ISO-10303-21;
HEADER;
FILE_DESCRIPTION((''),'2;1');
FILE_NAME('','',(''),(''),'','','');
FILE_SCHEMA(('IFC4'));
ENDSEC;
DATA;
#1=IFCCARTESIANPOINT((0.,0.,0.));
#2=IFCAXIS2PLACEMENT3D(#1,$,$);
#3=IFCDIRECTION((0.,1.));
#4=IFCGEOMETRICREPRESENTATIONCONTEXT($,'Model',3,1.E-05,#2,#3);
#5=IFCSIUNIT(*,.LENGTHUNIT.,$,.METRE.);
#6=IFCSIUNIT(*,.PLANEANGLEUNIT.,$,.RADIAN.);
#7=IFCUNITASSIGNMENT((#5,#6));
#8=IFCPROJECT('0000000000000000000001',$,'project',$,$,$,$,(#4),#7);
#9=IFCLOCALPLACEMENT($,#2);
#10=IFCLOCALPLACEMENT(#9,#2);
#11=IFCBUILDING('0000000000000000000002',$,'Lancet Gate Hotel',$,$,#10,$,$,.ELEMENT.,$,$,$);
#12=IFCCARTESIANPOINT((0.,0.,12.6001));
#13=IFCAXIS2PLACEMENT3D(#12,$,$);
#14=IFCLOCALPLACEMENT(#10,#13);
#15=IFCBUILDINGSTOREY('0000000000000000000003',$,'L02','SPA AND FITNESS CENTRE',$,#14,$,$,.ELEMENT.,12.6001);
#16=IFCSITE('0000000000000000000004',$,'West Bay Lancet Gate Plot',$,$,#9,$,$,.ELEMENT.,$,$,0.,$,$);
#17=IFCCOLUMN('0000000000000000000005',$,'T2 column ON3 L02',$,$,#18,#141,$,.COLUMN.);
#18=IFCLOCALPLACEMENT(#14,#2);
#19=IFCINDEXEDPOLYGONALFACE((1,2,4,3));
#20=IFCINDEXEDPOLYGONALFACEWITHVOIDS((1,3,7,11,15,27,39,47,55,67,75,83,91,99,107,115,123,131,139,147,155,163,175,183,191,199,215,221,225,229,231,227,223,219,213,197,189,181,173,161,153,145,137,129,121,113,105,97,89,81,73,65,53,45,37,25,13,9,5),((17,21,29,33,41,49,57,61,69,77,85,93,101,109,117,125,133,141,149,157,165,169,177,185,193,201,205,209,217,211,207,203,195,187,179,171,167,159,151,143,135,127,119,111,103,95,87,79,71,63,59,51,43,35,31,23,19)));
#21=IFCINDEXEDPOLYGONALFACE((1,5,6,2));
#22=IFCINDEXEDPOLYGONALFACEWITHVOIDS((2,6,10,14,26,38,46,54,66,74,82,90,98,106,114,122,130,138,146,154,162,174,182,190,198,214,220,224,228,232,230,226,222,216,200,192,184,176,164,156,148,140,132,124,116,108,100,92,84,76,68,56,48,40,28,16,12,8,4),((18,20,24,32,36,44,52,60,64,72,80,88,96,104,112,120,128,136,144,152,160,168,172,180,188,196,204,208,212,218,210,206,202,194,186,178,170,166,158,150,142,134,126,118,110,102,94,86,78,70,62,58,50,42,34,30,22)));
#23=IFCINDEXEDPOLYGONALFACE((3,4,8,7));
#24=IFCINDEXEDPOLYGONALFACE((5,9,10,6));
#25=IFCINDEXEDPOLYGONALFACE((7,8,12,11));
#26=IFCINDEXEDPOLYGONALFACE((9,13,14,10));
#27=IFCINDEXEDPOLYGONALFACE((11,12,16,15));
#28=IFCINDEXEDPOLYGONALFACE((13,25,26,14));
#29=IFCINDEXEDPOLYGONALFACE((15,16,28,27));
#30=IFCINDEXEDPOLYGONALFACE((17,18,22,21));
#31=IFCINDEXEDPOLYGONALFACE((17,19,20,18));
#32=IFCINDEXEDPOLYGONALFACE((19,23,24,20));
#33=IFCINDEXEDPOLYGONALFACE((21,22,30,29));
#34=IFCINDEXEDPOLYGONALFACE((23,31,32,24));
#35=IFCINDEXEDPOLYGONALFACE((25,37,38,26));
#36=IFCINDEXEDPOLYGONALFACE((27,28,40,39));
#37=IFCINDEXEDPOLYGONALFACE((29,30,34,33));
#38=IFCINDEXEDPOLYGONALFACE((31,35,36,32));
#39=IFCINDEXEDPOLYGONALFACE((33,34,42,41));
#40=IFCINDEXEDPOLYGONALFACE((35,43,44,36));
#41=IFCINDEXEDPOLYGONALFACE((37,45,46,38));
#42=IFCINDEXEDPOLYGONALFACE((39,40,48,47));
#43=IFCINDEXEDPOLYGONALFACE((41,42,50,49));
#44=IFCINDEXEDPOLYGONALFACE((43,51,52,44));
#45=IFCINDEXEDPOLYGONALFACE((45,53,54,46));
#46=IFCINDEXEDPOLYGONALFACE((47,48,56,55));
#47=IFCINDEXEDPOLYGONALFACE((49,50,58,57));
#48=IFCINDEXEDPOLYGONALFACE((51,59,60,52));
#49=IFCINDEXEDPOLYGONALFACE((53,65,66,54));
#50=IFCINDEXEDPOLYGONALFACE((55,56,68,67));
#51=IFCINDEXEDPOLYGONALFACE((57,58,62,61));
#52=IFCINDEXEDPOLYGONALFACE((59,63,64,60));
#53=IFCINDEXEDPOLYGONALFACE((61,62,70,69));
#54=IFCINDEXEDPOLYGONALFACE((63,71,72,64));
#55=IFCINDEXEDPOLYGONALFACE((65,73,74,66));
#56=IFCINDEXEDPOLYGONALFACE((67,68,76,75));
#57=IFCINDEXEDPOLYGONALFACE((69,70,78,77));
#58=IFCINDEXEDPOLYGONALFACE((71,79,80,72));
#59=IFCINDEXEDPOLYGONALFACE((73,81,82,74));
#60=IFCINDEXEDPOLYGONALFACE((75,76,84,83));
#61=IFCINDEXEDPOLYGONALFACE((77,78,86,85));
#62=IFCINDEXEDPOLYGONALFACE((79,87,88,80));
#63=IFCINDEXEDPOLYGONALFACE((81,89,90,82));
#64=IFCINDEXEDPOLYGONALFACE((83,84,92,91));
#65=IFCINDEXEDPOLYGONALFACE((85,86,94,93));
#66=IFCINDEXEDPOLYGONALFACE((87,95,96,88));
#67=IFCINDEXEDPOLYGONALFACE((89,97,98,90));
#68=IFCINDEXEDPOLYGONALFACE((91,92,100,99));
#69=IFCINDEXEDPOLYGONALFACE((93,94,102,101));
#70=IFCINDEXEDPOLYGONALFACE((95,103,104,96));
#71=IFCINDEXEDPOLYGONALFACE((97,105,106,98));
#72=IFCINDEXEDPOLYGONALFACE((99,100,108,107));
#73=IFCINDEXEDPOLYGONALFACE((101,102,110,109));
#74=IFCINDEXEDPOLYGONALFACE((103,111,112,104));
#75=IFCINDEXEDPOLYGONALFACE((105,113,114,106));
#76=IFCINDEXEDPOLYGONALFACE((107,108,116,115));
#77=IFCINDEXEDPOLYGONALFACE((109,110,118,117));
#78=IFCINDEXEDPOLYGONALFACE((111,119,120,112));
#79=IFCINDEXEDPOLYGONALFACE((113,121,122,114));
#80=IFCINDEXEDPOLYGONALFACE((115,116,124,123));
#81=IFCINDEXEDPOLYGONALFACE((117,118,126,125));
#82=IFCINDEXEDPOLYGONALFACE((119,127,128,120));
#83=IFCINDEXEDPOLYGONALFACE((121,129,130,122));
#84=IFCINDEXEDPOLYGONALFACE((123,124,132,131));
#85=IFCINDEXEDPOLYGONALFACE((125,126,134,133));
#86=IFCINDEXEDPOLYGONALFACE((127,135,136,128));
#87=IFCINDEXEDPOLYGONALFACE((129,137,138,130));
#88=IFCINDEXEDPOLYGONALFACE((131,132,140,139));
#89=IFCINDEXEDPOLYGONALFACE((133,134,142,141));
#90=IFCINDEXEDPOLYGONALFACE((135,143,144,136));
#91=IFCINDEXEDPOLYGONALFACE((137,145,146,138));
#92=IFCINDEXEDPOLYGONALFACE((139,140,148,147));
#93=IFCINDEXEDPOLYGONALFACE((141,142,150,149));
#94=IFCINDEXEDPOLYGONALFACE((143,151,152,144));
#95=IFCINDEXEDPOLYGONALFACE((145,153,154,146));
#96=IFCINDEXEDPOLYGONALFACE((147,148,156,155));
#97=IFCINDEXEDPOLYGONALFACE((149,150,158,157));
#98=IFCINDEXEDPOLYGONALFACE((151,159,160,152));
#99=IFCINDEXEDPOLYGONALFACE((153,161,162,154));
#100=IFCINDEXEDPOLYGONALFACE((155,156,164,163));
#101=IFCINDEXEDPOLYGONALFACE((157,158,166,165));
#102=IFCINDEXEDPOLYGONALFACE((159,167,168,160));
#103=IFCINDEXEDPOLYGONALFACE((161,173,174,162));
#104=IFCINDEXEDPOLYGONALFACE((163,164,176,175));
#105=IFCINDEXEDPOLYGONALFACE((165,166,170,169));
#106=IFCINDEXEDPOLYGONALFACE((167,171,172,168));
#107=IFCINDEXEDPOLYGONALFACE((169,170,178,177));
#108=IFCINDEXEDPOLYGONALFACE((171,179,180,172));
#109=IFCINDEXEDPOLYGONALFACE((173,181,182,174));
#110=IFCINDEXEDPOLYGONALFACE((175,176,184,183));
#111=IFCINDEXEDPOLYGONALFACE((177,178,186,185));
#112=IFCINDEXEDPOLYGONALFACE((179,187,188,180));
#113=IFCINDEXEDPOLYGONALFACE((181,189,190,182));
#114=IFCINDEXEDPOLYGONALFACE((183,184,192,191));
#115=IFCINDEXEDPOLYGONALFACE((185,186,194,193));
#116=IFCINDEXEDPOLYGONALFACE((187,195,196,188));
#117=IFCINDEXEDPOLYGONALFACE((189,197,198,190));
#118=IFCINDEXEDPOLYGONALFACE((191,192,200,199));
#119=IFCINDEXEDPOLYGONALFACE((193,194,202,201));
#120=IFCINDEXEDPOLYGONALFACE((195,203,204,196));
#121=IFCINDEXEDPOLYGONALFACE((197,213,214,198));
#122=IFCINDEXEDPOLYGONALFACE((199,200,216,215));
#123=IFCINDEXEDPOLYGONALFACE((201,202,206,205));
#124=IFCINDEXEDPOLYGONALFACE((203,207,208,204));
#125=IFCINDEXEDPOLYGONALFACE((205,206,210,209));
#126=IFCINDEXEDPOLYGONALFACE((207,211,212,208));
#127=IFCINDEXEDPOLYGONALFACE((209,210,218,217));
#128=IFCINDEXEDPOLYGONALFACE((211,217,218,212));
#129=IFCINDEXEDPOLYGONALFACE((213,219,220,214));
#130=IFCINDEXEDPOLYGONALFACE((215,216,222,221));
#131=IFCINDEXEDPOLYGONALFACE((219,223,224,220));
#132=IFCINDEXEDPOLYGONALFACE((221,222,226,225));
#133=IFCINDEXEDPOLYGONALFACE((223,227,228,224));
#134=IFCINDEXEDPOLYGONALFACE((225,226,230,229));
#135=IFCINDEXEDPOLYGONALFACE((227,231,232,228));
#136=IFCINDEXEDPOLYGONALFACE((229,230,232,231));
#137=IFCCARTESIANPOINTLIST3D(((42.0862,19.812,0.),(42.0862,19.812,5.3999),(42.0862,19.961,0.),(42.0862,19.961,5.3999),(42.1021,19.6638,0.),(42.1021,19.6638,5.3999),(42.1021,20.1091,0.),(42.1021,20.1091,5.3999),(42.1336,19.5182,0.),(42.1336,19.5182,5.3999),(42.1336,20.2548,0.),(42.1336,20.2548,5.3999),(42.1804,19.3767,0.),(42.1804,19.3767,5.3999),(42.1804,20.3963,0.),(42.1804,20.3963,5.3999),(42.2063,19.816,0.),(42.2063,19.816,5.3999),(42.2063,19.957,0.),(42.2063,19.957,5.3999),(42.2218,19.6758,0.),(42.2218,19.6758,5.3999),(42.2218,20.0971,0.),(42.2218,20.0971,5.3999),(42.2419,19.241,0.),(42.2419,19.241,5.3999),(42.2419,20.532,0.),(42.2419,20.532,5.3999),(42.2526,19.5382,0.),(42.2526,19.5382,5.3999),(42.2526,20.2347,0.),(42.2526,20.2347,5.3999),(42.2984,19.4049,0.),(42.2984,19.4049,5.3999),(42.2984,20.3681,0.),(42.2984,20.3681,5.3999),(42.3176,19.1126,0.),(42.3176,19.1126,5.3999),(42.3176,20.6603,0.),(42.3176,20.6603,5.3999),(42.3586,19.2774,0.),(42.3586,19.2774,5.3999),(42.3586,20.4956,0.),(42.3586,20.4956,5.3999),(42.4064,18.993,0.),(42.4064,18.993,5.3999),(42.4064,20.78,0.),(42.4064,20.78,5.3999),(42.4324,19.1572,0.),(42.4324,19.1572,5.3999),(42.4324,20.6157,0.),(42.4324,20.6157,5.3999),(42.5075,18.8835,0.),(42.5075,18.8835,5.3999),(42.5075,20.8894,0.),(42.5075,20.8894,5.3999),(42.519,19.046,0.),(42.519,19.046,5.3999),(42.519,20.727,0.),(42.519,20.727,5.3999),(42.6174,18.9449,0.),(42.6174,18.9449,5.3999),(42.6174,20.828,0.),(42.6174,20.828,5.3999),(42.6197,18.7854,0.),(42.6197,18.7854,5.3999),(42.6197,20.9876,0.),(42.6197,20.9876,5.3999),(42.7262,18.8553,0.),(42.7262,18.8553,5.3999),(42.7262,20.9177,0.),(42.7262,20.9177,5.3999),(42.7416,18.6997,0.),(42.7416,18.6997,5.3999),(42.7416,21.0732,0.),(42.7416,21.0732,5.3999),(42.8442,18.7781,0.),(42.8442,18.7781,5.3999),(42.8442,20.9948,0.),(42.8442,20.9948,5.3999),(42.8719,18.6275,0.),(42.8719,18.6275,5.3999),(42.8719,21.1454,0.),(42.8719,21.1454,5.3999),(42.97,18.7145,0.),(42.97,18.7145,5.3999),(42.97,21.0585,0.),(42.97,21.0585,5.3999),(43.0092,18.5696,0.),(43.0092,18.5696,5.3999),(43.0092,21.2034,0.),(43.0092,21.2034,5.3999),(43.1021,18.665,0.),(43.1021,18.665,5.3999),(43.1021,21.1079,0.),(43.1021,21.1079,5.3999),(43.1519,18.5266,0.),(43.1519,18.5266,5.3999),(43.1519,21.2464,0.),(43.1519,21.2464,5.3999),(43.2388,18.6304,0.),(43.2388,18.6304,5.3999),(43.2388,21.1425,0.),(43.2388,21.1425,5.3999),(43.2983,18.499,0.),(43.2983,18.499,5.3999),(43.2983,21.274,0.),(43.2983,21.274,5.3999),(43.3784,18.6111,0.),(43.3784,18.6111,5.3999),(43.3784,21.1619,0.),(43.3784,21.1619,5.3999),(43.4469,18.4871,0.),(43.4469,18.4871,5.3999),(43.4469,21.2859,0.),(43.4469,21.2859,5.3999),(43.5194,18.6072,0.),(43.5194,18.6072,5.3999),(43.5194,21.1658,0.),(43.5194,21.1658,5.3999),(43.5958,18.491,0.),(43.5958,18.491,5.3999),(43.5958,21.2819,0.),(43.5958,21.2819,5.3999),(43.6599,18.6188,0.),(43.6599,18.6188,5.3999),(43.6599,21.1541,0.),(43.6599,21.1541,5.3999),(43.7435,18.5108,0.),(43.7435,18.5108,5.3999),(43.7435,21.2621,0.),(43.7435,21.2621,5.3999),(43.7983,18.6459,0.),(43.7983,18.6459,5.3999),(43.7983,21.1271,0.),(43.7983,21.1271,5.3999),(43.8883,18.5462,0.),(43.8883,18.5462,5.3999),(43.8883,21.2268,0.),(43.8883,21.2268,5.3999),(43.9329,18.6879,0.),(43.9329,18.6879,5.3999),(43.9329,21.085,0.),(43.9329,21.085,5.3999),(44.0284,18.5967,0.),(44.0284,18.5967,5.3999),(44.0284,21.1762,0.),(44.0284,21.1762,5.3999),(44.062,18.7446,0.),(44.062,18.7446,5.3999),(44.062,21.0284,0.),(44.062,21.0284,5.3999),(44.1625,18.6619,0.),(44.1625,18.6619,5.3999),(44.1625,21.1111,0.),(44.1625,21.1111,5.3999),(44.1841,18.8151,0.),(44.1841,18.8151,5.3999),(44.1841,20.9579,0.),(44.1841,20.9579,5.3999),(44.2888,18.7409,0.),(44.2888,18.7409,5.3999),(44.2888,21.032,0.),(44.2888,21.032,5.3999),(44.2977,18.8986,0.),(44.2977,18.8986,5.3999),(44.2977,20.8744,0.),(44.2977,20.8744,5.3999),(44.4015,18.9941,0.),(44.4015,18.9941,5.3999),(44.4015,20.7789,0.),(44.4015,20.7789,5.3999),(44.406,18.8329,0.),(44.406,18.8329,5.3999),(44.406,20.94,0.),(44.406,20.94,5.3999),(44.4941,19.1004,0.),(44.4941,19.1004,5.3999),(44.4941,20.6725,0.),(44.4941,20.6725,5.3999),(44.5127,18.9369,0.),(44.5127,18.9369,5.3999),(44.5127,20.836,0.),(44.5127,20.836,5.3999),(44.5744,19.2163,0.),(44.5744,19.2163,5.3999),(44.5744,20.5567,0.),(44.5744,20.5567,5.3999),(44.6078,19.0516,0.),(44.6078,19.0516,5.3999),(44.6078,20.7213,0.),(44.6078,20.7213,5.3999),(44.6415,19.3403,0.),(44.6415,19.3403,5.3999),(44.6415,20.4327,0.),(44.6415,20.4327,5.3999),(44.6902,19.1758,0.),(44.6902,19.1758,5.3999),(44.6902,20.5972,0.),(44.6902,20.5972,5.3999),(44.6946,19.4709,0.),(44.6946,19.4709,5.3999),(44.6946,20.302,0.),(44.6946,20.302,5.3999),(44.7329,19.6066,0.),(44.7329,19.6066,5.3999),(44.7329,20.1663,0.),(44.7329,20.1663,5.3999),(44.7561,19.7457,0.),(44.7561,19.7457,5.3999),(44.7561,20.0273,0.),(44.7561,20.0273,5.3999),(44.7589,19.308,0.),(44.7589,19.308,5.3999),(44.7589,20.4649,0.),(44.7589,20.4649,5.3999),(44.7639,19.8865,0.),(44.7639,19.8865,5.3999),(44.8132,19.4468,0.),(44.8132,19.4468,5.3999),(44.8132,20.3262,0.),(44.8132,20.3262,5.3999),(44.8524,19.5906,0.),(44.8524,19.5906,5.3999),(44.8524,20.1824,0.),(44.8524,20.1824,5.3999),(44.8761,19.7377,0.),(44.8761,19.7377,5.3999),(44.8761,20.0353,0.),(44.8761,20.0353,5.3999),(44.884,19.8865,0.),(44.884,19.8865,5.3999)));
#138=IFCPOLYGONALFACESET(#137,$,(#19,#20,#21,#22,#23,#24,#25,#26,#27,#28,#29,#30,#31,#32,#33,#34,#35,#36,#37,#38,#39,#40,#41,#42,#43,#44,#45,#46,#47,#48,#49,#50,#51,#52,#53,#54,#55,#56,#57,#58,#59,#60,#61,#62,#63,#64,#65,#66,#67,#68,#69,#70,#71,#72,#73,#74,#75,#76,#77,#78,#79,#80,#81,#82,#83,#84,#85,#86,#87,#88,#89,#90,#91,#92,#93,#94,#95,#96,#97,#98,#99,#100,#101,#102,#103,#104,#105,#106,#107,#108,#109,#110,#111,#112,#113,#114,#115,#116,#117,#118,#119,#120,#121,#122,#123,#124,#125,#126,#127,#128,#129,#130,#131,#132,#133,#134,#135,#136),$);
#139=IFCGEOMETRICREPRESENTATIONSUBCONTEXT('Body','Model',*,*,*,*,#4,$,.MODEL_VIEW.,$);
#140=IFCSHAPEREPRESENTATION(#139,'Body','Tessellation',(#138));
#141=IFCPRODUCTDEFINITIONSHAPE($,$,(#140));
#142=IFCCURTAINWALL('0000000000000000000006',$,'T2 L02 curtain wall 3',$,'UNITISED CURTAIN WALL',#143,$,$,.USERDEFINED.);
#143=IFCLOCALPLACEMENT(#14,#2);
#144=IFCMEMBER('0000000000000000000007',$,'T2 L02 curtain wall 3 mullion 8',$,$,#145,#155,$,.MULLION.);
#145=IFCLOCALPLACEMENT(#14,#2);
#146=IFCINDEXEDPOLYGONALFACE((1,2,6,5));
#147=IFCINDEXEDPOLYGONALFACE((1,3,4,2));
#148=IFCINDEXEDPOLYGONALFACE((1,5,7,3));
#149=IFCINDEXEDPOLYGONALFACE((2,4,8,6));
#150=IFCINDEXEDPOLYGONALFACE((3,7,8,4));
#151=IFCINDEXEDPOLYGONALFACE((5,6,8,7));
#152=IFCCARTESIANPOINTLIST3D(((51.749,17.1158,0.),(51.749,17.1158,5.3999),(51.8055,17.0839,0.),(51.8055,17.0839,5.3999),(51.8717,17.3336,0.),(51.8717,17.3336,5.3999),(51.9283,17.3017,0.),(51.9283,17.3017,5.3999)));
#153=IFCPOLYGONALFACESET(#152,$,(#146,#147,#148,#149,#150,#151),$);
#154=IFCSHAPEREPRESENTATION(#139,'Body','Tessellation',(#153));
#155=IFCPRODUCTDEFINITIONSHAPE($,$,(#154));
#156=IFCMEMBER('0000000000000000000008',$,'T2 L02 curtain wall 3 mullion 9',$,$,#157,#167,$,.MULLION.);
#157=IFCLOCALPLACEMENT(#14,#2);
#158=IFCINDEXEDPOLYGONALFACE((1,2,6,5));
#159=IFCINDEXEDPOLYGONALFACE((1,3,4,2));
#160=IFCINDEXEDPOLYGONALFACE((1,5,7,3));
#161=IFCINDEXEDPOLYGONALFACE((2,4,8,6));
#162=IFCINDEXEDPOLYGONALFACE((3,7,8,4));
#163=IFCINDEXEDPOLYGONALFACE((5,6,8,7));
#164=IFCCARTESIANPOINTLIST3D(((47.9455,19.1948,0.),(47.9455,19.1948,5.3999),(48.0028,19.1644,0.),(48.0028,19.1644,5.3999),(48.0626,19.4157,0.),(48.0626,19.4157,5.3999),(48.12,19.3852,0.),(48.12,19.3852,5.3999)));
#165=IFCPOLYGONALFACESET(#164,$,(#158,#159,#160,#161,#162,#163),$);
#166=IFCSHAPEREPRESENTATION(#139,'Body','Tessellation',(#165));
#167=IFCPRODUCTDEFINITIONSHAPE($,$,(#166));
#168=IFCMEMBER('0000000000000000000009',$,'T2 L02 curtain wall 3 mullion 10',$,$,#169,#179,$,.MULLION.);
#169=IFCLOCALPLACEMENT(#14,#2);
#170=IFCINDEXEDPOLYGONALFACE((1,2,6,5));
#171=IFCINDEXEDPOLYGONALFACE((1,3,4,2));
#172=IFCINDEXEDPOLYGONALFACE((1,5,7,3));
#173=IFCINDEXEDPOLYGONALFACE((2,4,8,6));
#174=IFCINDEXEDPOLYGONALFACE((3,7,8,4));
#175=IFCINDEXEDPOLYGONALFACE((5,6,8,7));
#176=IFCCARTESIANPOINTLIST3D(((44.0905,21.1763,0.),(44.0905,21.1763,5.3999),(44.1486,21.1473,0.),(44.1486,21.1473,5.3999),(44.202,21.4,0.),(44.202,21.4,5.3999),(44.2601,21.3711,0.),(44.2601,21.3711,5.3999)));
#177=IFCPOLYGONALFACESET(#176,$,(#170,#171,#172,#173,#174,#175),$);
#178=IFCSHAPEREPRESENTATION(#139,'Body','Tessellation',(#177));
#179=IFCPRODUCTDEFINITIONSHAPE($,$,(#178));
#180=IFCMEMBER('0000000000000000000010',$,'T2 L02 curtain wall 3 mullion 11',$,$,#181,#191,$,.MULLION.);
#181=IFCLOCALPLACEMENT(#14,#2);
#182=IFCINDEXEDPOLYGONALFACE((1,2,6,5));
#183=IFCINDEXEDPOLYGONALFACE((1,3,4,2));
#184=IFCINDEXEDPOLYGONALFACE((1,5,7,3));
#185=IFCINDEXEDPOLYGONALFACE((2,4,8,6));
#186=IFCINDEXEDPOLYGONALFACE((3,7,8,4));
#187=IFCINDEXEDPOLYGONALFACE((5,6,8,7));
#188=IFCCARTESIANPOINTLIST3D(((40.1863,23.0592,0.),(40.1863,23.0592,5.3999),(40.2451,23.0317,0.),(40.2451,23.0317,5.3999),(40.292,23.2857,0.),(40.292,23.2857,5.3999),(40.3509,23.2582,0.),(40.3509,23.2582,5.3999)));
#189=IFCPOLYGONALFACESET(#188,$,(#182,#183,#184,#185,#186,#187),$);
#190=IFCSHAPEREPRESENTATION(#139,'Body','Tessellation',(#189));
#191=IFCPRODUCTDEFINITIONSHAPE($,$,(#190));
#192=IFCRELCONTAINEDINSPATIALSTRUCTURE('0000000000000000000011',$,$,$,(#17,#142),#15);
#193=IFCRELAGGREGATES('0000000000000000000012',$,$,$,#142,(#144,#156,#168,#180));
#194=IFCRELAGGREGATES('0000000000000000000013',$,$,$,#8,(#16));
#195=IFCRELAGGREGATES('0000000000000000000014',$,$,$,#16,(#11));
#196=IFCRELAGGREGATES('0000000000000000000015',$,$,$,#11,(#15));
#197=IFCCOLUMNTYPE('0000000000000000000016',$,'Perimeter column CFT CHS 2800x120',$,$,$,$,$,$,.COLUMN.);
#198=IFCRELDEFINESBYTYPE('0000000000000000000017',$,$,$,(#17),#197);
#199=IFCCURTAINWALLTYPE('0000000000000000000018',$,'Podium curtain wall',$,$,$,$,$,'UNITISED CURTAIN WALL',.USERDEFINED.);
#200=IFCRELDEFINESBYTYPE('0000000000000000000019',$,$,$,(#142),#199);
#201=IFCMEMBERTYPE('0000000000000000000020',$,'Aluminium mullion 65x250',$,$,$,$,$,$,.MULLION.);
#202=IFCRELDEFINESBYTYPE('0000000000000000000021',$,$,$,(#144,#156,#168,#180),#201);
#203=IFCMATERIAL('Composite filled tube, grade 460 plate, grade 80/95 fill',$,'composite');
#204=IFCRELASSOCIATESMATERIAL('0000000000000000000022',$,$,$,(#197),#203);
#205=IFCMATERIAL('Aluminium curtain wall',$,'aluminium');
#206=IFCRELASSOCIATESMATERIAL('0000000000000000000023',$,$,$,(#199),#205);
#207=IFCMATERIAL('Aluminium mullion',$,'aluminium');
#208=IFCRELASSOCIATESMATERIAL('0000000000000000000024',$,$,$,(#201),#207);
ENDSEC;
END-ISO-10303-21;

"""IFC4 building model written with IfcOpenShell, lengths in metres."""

from ifc_helpers import new_model, si_unit, direction, frame, origin, origin_2d, place, context, subcontext, project, spatial, rectangle, hollow_circle, extrude, material, material_profile, profile_set, type_object, element, aggregate, save


model = new_model("IFC4")

# Units and contexts
model_context = context("Model", 3, precision=1e-05, world=origin(), true_north=direction((0.0, 1.0)))
body_context = subcontext(model_context, "Body", "Model", "MODEL_VIEW")
ifc_project = project(units=[si_unit("LENGTHUNIT", "METRE"), si_unit("PLANEANGLEUNIT", "RADIAN")], contexts=[model_context])

# Site, building, storey
site_placement = place(None, origin())
site = spatial("IfcSite", under=ifc_project, at=site_placement, Name="West Bay Lancet Gate Plot", CompositionType="ELEMENT", RefElevation=0.0)
building_placement = place(site_placement, origin())
building = spatial("IfcBuilding", under=site, at=building_placement, Name="Lancet Gate Hotel", CompositionType="ELEMENT")
storey_placement = place(building_placement, frame((0.0, 0.0, 12.6001)))
storey = spatial("IfcBuildingStorey", under=building, at=storey_placement, Name="L02", Description="SPA AND FITNESS CENTRE", CompositionType="ELEMENT", Elevation=12.6001)

# Column
ifc_material_1 = material(Name="Composite filled tube, grade 460 plate, grade 80/95 fill", Category="composite")
ifc_material_profile_1 = material_profile(ifc_material_1, hollow_circle(Radius=1.3999, WallThickness=0.1201, at=origin_2d()), Name="CHS 2800x120")
ifc_profile_set_1 = profile_set([ifc_material_profile_1], Name="Composite filled tube, grade 460 plate, grade 80/95 fill")
column_type = type_object("IfcColumnType", Name="Perimeter column CFT CHS 2800x120", PredefinedType="COLUMN", material=ifc_profile_set_1)
column_placement = place(storey_placement, frame((43.4841, 19.8865, 0.0), z_axis=(0.0, 0.0, 1.0), x_axis=(1.0, 0.0, 0.0)))
element("IfcColumn", 1, at=column_placement, inside=storey, type_object=column_type, Name="T2 column ON3 L02", PredefinedType="COLUMN", context=body_context, shape_type="SweptSolid", body=[
    extrude(hollow_circle(Radius=1.3999, WallThickness=0.1201, at=origin_2d()), origin(), (0.0, 0.0, 1.0), 5.3999),
])

# Curtain wall, members
ifc_material_2 = material(Name="Aluminium curtain wall", Category="aluminium")
curtain_wall_type = type_object("IfcCurtainWallType", Name="Podium curtain wall", ElementType="UNITISED CURTAIN WALL", PredefinedType="USERDEFINED", material=ifc_material_2)
curtain_wall_placement = place(storey_placement, origin())
curtain_wall = element("IfcCurtainWall", 2, at=curtain_wall_placement, inside=storey, type_object=curtain_wall_type, Name="T2 L02 curtain wall 3", ObjectType="UNITISED CURTAIN WALL", PredefinedType="USERDEFINED")
ifc_material_3 = material(Name="Aluminium mullion", Category="aluminium")
ifc_material_profile_2 = material_profile(ifc_material_3, rectangle(XDim=0.0649, YDim=0.25, at=origin_2d()), Name="MULLION 65x250")
ifc_profile_set_2 = profile_set([ifc_material_profile_2], Name="Aluminium mullion")
member_type_1 = type_object("IfcMemberType", Name="Aluminium mullion 65x250", PredefinedType="MULLION", material=ifc_profile_set_2)
member_1_placement = place(storey_placement, frame((51.8386, 17.2087, 0.0), z_axis=(0.0, 0.0, 1.0), x_axis=(-0.87119, 0.490945, 0.0)))
member_1 = element("IfcMember", 3, at=member_1_placement, type_object=member_type_1, Name="T2 L02 curtain wall 3 mullion 8", PredefinedType="MULLION", context=body_context, shape_type="SweptSolid", body=[
    extrude(rectangle(XDim=0.0649, YDim=0.25, at=origin_2d()), origin(), (0.0, 0.0, 1.0), 5.3999),
])
member_2_placement = place(storey_placement, frame((48.0327, 19.29, 0.0), z_axis=(0.0, 0.0, 1.0), x_axis=(-0.883403, 0.468613, 0.0)))
member_2 = element("IfcMember", 4, at=member_2_placement, type_object=member_type_1, Name="T2 L02 curtain wall 3 mullion 9", PredefinedType="MULLION", context=body_context, shape_type="SweptSolid", body=[
    extrude(rectangle(XDim=0.0649, YDim=0.25, at=origin_2d()), origin(), (0.0, 0.0, 1.0), 5.3999),
])
member_3_placement = place(storey_placement, frame((44.1753, 21.2737, 0.0), z_axis=(0.0, 0.0, 1.0), x_axis=(-0.895044, 0.445978, 0.0)))
member_3 = element("IfcMember", 5, at=member_3_placement, type_object=member_type_1, Name="T2 L02 curtain wall 3 mullion 10", PredefinedType="MULLION", context=body_context, shape_type="SweptSolid", body=[
    extrude(rectangle(XDim=0.0649, YDim=0.25, at=origin_2d()), origin(), (0.0, 0.0, 1.0), 5.3999),
])
member_4_placement = place(storey_placement, frame((40.2686, 23.1587, 0.0), z_axis=(0.0, 0.0, 1.0), x_axis=(-0.906105, 0.423053, 0.0)))
member_4 = element("IfcMember", 6, at=member_4_placement, type_object=member_type_1, Name="T2 L02 curtain wall 3 mullion 11", PredefinedType="MULLION", context=body_context, shape_type="SweptSolid", body=[
    extrude(rectangle(XDim=0.0649, YDim=0.25, at=origin_2d()), origin(), (0.0, 0.0, 1.0), 5.3999),
])

aggregate(curtain_wall, [member_1, member_2, member_3, member_4])

save(model, "model.ifc")
